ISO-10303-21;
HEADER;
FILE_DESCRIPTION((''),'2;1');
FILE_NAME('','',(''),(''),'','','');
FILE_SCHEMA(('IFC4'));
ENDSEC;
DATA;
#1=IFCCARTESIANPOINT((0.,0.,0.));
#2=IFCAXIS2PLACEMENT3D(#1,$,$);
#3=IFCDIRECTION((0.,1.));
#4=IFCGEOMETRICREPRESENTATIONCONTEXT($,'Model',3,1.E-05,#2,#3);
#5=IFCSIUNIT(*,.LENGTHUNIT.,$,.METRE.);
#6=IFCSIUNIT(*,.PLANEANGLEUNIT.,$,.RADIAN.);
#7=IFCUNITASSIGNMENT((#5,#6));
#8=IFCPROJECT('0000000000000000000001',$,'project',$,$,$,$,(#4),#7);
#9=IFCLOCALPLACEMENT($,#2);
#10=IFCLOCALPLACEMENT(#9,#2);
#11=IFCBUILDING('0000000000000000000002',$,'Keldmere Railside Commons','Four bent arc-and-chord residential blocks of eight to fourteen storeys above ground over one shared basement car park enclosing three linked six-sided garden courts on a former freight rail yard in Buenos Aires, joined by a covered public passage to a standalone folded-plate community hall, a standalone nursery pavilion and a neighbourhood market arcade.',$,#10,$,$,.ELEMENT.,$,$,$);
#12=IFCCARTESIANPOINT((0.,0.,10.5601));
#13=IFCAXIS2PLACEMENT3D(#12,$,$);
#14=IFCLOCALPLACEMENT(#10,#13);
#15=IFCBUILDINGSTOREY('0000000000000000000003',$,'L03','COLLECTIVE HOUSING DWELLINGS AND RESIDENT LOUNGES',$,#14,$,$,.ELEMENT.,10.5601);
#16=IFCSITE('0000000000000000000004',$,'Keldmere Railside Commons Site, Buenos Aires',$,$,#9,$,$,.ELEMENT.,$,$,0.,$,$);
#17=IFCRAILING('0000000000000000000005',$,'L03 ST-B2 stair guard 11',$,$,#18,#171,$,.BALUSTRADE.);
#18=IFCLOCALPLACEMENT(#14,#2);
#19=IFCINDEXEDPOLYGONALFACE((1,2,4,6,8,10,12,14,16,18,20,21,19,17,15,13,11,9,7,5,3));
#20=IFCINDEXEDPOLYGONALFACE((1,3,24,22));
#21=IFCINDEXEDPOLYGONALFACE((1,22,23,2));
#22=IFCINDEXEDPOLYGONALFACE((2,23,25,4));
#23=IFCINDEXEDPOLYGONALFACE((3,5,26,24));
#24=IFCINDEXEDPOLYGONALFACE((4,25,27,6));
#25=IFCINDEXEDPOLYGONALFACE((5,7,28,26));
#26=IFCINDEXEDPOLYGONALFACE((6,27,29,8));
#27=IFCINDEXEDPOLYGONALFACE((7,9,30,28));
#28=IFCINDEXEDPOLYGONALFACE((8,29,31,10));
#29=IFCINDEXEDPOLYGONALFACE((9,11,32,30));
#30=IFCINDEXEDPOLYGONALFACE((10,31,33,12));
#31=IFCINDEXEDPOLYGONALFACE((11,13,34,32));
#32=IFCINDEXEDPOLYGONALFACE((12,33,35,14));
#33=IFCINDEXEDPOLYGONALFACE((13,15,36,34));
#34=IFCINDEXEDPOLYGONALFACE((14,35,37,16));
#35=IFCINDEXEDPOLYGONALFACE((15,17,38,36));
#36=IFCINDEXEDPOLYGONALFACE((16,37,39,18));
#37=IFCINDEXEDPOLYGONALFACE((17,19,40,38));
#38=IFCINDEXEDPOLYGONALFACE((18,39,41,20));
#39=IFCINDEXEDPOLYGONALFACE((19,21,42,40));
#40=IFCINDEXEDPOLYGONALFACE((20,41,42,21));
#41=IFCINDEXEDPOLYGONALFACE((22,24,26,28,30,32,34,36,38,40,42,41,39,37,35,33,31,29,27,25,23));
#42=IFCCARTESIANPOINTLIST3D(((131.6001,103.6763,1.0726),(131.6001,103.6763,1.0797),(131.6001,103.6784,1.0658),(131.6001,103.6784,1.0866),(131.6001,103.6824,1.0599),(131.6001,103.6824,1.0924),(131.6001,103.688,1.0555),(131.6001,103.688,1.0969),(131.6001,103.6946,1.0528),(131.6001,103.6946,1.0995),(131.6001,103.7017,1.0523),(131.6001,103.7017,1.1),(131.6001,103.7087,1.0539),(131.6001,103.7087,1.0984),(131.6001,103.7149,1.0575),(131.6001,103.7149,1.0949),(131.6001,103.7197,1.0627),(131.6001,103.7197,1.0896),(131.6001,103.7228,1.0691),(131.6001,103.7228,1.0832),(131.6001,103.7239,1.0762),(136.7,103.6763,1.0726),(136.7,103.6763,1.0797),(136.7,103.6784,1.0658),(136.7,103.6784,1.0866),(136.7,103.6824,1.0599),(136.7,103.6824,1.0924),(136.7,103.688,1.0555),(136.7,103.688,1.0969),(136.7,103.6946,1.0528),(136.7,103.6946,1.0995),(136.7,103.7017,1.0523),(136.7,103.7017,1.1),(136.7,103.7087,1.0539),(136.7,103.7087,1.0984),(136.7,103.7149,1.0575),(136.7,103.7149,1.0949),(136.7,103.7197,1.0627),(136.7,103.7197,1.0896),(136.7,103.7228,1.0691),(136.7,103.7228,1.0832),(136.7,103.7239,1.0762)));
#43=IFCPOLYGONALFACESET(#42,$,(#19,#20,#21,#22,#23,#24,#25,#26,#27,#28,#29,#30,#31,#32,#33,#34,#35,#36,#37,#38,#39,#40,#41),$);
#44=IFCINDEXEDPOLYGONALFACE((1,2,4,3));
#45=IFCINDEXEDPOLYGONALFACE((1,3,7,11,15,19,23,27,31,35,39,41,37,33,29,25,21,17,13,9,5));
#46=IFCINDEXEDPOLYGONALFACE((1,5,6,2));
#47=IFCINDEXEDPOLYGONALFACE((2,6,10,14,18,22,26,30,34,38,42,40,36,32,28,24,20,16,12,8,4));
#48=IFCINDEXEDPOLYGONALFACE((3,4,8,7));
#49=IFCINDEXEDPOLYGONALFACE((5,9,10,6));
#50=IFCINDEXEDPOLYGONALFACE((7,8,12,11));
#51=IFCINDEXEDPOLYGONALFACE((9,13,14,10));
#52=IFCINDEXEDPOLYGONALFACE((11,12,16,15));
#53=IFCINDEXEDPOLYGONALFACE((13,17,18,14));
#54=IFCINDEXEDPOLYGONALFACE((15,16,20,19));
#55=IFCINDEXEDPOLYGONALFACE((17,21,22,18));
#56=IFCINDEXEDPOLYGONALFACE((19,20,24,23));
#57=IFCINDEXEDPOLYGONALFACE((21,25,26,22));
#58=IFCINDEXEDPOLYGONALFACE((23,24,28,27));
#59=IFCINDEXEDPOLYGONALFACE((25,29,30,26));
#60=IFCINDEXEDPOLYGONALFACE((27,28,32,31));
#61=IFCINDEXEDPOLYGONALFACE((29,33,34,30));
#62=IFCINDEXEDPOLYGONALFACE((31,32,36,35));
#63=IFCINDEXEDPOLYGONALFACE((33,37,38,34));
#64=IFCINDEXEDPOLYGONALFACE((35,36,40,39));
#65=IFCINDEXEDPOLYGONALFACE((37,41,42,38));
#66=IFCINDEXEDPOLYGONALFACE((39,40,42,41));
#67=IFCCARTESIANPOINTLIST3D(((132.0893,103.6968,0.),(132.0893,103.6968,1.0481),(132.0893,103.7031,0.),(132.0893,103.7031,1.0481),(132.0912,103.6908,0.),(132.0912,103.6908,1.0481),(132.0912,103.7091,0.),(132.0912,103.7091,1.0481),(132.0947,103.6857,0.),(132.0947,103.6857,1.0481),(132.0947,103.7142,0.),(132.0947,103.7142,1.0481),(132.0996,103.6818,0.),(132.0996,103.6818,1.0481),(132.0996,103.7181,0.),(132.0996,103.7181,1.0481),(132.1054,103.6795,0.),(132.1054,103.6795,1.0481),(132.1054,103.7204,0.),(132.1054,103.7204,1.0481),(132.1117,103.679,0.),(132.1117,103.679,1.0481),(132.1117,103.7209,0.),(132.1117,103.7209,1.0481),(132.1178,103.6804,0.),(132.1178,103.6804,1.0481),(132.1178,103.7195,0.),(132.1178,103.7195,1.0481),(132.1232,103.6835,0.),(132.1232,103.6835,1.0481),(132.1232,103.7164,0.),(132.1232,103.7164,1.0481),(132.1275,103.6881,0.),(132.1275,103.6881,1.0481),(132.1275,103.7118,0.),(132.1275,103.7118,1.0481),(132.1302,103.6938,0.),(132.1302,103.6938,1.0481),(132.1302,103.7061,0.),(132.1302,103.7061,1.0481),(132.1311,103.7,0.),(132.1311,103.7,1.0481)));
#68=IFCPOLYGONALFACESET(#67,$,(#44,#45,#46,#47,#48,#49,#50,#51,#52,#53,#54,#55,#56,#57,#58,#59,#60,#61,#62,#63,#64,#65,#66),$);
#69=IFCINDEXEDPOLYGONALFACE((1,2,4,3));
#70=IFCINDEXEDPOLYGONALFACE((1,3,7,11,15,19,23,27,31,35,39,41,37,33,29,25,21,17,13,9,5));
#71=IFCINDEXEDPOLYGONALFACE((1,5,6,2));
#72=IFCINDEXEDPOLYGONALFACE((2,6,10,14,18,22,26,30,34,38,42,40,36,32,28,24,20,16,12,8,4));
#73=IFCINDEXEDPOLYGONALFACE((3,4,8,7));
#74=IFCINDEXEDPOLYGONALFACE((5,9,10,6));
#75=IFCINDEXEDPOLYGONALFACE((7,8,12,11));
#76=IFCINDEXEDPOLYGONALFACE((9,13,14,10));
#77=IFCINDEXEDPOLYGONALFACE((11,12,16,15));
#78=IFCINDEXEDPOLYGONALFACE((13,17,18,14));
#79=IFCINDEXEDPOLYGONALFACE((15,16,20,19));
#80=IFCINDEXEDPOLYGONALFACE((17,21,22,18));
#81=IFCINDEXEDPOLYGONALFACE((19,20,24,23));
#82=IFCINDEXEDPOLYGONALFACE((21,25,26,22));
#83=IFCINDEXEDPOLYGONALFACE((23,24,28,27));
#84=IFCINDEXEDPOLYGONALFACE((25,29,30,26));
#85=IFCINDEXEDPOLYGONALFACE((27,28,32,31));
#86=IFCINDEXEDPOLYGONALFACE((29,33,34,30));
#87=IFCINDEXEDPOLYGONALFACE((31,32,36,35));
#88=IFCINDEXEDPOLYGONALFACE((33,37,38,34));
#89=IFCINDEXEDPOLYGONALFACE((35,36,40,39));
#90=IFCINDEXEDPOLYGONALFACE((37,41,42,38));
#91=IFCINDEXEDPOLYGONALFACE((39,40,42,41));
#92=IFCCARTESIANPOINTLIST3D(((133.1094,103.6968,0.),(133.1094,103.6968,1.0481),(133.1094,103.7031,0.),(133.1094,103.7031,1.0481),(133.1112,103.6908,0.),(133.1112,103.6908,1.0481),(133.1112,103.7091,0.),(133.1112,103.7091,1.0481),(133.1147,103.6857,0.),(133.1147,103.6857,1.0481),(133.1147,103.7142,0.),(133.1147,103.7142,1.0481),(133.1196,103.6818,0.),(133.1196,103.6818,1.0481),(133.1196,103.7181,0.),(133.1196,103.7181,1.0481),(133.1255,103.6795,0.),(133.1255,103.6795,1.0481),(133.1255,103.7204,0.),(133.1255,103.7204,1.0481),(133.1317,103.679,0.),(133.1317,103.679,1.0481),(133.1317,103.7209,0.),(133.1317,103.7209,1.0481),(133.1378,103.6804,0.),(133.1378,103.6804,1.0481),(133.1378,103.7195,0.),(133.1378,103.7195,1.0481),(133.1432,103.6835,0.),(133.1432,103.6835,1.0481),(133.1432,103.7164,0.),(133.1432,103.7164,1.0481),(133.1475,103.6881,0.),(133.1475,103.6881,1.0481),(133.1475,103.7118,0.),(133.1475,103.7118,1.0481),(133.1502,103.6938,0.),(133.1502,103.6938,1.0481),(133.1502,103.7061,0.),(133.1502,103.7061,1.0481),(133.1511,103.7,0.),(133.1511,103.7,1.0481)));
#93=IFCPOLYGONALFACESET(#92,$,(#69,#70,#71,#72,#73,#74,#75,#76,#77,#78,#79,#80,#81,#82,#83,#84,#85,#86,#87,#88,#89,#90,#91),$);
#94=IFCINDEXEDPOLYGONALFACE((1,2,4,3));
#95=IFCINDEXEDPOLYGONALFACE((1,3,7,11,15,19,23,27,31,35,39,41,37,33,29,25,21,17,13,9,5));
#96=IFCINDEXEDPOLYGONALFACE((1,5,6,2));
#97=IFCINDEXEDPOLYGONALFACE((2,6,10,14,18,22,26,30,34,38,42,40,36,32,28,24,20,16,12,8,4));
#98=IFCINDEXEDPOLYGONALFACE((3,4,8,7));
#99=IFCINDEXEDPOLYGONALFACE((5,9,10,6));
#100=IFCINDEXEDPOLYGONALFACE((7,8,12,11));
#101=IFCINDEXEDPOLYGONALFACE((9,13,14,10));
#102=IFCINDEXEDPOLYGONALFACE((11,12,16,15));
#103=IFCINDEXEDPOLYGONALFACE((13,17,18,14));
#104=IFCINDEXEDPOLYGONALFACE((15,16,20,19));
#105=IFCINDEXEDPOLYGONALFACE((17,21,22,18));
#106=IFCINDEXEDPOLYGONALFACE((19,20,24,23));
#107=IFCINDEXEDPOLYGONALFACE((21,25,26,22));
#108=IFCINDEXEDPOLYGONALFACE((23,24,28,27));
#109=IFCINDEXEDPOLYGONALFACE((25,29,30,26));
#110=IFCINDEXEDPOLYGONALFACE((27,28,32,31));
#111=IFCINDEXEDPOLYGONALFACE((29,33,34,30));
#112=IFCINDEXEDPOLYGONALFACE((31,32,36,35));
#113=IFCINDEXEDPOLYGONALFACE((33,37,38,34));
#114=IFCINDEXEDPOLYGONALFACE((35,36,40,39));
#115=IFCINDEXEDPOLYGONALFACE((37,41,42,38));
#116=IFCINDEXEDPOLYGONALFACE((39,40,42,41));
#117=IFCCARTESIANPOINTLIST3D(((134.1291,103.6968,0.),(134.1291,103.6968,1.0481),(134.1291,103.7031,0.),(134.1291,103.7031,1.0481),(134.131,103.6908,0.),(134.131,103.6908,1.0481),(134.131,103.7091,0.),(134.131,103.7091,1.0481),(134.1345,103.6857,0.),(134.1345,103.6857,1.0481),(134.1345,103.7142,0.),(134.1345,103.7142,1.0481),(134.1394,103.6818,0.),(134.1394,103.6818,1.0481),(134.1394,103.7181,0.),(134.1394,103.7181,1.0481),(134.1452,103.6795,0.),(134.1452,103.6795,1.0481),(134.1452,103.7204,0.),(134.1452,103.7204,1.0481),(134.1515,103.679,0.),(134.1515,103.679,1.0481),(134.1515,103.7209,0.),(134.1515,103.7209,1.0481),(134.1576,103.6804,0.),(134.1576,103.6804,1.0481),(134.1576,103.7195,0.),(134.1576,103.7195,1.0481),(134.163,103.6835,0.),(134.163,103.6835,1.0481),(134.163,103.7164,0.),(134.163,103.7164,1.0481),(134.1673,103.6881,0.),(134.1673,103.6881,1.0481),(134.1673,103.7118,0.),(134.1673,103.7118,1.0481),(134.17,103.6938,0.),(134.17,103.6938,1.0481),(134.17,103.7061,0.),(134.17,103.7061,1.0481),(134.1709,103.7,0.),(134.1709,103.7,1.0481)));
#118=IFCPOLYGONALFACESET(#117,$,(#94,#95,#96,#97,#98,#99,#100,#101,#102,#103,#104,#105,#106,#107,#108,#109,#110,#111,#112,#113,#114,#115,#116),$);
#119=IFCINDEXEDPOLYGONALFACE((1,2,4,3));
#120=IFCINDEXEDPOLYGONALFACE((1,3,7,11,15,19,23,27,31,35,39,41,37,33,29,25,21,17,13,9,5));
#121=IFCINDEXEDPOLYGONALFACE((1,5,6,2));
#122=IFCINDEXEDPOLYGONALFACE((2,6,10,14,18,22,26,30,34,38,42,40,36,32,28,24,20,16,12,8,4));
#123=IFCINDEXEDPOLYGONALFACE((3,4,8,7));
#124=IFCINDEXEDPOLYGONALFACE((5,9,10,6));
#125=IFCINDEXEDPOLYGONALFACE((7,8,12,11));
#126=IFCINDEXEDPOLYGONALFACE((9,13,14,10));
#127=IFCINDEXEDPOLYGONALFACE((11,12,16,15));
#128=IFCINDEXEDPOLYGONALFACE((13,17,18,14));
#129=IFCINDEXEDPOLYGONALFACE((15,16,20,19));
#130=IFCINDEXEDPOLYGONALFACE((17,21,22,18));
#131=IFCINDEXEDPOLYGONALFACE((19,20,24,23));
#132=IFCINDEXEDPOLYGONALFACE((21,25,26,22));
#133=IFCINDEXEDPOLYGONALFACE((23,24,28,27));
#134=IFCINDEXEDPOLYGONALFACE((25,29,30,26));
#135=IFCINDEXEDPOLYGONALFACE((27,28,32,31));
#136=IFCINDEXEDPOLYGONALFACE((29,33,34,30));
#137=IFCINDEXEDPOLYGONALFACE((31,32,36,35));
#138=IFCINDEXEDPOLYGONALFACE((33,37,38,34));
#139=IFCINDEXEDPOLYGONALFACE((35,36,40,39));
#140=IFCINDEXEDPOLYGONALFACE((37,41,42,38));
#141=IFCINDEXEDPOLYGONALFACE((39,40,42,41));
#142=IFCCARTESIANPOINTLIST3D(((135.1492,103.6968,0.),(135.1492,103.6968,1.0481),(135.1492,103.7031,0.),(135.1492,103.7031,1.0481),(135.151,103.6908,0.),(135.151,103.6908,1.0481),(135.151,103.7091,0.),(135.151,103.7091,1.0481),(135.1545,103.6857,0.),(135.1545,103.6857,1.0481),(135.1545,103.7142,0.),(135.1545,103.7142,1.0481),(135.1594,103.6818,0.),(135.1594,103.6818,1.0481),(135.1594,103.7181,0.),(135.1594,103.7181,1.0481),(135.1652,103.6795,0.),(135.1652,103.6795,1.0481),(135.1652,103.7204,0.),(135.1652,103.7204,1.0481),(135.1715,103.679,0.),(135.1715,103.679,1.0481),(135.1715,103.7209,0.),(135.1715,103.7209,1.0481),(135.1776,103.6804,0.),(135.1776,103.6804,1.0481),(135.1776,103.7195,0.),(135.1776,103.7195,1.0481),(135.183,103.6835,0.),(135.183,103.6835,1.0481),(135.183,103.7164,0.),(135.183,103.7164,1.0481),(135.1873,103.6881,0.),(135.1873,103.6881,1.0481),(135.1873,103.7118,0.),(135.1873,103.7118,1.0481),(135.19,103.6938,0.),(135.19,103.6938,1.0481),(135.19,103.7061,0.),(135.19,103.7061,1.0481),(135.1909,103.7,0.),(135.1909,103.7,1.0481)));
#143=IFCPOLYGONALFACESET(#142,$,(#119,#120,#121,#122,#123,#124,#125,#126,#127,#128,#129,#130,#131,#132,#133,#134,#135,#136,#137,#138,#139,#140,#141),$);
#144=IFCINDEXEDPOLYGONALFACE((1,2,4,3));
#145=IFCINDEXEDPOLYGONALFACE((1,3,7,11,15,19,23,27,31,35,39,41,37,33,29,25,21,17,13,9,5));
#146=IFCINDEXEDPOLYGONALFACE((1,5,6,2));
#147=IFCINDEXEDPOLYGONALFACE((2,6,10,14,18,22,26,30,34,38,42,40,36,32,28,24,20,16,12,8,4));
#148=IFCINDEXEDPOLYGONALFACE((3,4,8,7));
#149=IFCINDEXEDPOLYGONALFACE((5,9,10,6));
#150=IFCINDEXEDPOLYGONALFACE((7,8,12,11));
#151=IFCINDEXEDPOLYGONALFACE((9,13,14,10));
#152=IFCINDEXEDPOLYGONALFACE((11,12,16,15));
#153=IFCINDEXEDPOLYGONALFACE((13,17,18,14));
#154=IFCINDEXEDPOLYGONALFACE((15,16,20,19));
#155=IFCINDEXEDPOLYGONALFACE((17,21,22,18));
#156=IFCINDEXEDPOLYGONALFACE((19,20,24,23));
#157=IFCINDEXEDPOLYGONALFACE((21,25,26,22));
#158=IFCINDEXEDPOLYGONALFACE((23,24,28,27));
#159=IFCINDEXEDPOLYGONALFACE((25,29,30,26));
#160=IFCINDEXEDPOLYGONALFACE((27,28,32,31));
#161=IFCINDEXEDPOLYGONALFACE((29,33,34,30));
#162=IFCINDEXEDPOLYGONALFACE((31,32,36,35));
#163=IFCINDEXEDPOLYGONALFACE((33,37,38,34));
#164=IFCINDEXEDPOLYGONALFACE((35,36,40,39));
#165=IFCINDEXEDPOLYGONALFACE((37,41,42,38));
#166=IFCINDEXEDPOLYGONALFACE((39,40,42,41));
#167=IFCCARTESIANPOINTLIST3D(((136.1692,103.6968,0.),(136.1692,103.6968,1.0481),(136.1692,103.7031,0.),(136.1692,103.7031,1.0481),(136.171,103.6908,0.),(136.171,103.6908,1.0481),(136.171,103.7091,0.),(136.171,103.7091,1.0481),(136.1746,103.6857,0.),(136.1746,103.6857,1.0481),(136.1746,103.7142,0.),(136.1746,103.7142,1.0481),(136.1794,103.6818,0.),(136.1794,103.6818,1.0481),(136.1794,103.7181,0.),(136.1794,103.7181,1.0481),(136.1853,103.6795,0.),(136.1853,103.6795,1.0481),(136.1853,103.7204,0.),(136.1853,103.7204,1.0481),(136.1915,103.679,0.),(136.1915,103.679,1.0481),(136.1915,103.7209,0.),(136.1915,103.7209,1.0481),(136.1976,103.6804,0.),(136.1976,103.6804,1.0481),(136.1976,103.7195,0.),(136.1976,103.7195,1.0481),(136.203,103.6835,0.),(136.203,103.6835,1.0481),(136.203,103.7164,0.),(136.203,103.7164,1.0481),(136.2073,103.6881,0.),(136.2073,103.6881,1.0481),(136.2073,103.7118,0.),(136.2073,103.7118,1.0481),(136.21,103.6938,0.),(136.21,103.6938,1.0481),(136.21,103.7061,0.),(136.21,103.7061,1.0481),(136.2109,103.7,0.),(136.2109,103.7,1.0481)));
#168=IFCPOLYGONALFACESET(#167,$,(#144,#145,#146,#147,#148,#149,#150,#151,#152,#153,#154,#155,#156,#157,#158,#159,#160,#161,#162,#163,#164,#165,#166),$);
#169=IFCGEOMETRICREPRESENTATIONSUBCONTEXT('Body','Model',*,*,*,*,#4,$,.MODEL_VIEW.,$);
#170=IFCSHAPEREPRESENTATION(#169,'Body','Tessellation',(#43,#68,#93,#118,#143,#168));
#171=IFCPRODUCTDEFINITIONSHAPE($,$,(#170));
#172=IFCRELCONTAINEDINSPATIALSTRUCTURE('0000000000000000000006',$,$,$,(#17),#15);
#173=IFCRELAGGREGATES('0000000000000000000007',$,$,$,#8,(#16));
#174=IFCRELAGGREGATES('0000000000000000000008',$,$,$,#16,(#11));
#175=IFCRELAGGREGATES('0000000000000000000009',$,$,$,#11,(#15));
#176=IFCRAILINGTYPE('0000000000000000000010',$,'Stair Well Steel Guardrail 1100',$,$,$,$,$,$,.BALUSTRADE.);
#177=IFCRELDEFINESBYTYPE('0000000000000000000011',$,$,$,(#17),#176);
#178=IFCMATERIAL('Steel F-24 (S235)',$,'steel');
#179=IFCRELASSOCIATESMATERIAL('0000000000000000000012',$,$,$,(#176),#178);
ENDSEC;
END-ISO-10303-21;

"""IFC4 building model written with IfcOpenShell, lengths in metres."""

from ifc_helpers import new_model, si_unit, direction, frame, origin, origin_2d, place, context, subcontext, project, spatial, circle, extrude, material, type_object, element, save


model = new_model("IFC4")

# Units and contexts
model_context = context("Model", 3, precision=1e-05, world=origin(), true_north=direction((0.0, 1.0)))
body_context = subcontext(model_context, "Body", "Model", "MODEL_VIEW")
ifc_project = project(units=[si_unit("LENGTHUNIT", "METRE"), si_unit("PLANEANGLEUNIT", "RADIAN")], contexts=[model_context])

# Site, building, storey
site_placement = place(None, origin())
site = spatial("IfcSite", under=ifc_project, at=site_placement, Name="Keldmere Railside Commons Site, Buenos Aires", CompositionType="ELEMENT", RefElevation=0.0)
building_placement = place(site_placement, origin())
building = spatial("IfcBuilding", under=site, at=building_placement, Name="Keldmere Railside Commons", Description="Four bent arc-and-chord residential blocks of eight to fourteen storeys above ground over one shared basement car park enclosing three linked six-sided garden courts on a former freight rail yard in Buenos Aires, joined by a covered public passage to a standalone folded-plate community hall, a standalone nursery pavilion and a neighbourhood market arcade.", CompositionType="ELEMENT")
storey_placement = place(building_placement, frame((0.0, 0.0, 10.5601)))
storey = spatial("IfcBuildingStorey", under=building, at=storey_placement, Name="L03", Description="COLLECTIVE HOUSING DWELLINGS AND RESIDENT LOUNGES", CompositionType="ELEMENT", Elevation=10.5601)

# Railing
ifc_material_1 = material(Name="Steel F-24 (S235)", Category="steel")
railing_type_1 = type_object("IfcRailingType", Name="Stair Well Steel Guardrail 1100", PredefinedType="BALUSTRADE", material=ifc_material_1)
railing_1_placement = place(storey_placement, frame((131.6001, 103.7, 0.0)))
element("IfcRailing", 1, at=railing_1_placement, inside=storey, type_object=railing_type_1, Name="L03 ST-B2 stair guard 11", PredefinedType="BALUSTRADE", context=body_context, shape_type="SweptSolid", body=[
    extrude(circle(Radius=0.0239, at=origin_2d()), frame((0.0, 0.0, 1.0762), z_axis=(1.0, 0.0, 0.0), x_axis=(0.0, 1.0, 0.0)), (0.0, 0.0, 1.0), 5.0999),
    extrude(circle(Radius=0.021, at=origin_2d()), frame((0.51, 0.0, 0.0)), (0.0, 0.0, 1.0), 1.0481),
    extrude(circle(Radius=0.021, at=origin_2d()), frame((1.53, 0.0, 0.0)), (0.0, 0.0, 1.0), 1.0481),
    extrude(circle(Radius=0.021, at=origin_2d()), frame((2.5498, 0.0, 0.0)), (0.0, 0.0, 1.0), 1.0481),
    extrude(circle(Radius=0.021, at=origin_2d()), frame((3.5698, 0.0, 0.0)), (0.0, 0.0, 1.0), 1.0481),
    extrude(circle(Radius=0.021, at=origin_2d()), frame((4.5898, 0.0, 0.0)), (0.0, 0.0, 1.0), 1.0481),
])

save(model, "model.ifc")
